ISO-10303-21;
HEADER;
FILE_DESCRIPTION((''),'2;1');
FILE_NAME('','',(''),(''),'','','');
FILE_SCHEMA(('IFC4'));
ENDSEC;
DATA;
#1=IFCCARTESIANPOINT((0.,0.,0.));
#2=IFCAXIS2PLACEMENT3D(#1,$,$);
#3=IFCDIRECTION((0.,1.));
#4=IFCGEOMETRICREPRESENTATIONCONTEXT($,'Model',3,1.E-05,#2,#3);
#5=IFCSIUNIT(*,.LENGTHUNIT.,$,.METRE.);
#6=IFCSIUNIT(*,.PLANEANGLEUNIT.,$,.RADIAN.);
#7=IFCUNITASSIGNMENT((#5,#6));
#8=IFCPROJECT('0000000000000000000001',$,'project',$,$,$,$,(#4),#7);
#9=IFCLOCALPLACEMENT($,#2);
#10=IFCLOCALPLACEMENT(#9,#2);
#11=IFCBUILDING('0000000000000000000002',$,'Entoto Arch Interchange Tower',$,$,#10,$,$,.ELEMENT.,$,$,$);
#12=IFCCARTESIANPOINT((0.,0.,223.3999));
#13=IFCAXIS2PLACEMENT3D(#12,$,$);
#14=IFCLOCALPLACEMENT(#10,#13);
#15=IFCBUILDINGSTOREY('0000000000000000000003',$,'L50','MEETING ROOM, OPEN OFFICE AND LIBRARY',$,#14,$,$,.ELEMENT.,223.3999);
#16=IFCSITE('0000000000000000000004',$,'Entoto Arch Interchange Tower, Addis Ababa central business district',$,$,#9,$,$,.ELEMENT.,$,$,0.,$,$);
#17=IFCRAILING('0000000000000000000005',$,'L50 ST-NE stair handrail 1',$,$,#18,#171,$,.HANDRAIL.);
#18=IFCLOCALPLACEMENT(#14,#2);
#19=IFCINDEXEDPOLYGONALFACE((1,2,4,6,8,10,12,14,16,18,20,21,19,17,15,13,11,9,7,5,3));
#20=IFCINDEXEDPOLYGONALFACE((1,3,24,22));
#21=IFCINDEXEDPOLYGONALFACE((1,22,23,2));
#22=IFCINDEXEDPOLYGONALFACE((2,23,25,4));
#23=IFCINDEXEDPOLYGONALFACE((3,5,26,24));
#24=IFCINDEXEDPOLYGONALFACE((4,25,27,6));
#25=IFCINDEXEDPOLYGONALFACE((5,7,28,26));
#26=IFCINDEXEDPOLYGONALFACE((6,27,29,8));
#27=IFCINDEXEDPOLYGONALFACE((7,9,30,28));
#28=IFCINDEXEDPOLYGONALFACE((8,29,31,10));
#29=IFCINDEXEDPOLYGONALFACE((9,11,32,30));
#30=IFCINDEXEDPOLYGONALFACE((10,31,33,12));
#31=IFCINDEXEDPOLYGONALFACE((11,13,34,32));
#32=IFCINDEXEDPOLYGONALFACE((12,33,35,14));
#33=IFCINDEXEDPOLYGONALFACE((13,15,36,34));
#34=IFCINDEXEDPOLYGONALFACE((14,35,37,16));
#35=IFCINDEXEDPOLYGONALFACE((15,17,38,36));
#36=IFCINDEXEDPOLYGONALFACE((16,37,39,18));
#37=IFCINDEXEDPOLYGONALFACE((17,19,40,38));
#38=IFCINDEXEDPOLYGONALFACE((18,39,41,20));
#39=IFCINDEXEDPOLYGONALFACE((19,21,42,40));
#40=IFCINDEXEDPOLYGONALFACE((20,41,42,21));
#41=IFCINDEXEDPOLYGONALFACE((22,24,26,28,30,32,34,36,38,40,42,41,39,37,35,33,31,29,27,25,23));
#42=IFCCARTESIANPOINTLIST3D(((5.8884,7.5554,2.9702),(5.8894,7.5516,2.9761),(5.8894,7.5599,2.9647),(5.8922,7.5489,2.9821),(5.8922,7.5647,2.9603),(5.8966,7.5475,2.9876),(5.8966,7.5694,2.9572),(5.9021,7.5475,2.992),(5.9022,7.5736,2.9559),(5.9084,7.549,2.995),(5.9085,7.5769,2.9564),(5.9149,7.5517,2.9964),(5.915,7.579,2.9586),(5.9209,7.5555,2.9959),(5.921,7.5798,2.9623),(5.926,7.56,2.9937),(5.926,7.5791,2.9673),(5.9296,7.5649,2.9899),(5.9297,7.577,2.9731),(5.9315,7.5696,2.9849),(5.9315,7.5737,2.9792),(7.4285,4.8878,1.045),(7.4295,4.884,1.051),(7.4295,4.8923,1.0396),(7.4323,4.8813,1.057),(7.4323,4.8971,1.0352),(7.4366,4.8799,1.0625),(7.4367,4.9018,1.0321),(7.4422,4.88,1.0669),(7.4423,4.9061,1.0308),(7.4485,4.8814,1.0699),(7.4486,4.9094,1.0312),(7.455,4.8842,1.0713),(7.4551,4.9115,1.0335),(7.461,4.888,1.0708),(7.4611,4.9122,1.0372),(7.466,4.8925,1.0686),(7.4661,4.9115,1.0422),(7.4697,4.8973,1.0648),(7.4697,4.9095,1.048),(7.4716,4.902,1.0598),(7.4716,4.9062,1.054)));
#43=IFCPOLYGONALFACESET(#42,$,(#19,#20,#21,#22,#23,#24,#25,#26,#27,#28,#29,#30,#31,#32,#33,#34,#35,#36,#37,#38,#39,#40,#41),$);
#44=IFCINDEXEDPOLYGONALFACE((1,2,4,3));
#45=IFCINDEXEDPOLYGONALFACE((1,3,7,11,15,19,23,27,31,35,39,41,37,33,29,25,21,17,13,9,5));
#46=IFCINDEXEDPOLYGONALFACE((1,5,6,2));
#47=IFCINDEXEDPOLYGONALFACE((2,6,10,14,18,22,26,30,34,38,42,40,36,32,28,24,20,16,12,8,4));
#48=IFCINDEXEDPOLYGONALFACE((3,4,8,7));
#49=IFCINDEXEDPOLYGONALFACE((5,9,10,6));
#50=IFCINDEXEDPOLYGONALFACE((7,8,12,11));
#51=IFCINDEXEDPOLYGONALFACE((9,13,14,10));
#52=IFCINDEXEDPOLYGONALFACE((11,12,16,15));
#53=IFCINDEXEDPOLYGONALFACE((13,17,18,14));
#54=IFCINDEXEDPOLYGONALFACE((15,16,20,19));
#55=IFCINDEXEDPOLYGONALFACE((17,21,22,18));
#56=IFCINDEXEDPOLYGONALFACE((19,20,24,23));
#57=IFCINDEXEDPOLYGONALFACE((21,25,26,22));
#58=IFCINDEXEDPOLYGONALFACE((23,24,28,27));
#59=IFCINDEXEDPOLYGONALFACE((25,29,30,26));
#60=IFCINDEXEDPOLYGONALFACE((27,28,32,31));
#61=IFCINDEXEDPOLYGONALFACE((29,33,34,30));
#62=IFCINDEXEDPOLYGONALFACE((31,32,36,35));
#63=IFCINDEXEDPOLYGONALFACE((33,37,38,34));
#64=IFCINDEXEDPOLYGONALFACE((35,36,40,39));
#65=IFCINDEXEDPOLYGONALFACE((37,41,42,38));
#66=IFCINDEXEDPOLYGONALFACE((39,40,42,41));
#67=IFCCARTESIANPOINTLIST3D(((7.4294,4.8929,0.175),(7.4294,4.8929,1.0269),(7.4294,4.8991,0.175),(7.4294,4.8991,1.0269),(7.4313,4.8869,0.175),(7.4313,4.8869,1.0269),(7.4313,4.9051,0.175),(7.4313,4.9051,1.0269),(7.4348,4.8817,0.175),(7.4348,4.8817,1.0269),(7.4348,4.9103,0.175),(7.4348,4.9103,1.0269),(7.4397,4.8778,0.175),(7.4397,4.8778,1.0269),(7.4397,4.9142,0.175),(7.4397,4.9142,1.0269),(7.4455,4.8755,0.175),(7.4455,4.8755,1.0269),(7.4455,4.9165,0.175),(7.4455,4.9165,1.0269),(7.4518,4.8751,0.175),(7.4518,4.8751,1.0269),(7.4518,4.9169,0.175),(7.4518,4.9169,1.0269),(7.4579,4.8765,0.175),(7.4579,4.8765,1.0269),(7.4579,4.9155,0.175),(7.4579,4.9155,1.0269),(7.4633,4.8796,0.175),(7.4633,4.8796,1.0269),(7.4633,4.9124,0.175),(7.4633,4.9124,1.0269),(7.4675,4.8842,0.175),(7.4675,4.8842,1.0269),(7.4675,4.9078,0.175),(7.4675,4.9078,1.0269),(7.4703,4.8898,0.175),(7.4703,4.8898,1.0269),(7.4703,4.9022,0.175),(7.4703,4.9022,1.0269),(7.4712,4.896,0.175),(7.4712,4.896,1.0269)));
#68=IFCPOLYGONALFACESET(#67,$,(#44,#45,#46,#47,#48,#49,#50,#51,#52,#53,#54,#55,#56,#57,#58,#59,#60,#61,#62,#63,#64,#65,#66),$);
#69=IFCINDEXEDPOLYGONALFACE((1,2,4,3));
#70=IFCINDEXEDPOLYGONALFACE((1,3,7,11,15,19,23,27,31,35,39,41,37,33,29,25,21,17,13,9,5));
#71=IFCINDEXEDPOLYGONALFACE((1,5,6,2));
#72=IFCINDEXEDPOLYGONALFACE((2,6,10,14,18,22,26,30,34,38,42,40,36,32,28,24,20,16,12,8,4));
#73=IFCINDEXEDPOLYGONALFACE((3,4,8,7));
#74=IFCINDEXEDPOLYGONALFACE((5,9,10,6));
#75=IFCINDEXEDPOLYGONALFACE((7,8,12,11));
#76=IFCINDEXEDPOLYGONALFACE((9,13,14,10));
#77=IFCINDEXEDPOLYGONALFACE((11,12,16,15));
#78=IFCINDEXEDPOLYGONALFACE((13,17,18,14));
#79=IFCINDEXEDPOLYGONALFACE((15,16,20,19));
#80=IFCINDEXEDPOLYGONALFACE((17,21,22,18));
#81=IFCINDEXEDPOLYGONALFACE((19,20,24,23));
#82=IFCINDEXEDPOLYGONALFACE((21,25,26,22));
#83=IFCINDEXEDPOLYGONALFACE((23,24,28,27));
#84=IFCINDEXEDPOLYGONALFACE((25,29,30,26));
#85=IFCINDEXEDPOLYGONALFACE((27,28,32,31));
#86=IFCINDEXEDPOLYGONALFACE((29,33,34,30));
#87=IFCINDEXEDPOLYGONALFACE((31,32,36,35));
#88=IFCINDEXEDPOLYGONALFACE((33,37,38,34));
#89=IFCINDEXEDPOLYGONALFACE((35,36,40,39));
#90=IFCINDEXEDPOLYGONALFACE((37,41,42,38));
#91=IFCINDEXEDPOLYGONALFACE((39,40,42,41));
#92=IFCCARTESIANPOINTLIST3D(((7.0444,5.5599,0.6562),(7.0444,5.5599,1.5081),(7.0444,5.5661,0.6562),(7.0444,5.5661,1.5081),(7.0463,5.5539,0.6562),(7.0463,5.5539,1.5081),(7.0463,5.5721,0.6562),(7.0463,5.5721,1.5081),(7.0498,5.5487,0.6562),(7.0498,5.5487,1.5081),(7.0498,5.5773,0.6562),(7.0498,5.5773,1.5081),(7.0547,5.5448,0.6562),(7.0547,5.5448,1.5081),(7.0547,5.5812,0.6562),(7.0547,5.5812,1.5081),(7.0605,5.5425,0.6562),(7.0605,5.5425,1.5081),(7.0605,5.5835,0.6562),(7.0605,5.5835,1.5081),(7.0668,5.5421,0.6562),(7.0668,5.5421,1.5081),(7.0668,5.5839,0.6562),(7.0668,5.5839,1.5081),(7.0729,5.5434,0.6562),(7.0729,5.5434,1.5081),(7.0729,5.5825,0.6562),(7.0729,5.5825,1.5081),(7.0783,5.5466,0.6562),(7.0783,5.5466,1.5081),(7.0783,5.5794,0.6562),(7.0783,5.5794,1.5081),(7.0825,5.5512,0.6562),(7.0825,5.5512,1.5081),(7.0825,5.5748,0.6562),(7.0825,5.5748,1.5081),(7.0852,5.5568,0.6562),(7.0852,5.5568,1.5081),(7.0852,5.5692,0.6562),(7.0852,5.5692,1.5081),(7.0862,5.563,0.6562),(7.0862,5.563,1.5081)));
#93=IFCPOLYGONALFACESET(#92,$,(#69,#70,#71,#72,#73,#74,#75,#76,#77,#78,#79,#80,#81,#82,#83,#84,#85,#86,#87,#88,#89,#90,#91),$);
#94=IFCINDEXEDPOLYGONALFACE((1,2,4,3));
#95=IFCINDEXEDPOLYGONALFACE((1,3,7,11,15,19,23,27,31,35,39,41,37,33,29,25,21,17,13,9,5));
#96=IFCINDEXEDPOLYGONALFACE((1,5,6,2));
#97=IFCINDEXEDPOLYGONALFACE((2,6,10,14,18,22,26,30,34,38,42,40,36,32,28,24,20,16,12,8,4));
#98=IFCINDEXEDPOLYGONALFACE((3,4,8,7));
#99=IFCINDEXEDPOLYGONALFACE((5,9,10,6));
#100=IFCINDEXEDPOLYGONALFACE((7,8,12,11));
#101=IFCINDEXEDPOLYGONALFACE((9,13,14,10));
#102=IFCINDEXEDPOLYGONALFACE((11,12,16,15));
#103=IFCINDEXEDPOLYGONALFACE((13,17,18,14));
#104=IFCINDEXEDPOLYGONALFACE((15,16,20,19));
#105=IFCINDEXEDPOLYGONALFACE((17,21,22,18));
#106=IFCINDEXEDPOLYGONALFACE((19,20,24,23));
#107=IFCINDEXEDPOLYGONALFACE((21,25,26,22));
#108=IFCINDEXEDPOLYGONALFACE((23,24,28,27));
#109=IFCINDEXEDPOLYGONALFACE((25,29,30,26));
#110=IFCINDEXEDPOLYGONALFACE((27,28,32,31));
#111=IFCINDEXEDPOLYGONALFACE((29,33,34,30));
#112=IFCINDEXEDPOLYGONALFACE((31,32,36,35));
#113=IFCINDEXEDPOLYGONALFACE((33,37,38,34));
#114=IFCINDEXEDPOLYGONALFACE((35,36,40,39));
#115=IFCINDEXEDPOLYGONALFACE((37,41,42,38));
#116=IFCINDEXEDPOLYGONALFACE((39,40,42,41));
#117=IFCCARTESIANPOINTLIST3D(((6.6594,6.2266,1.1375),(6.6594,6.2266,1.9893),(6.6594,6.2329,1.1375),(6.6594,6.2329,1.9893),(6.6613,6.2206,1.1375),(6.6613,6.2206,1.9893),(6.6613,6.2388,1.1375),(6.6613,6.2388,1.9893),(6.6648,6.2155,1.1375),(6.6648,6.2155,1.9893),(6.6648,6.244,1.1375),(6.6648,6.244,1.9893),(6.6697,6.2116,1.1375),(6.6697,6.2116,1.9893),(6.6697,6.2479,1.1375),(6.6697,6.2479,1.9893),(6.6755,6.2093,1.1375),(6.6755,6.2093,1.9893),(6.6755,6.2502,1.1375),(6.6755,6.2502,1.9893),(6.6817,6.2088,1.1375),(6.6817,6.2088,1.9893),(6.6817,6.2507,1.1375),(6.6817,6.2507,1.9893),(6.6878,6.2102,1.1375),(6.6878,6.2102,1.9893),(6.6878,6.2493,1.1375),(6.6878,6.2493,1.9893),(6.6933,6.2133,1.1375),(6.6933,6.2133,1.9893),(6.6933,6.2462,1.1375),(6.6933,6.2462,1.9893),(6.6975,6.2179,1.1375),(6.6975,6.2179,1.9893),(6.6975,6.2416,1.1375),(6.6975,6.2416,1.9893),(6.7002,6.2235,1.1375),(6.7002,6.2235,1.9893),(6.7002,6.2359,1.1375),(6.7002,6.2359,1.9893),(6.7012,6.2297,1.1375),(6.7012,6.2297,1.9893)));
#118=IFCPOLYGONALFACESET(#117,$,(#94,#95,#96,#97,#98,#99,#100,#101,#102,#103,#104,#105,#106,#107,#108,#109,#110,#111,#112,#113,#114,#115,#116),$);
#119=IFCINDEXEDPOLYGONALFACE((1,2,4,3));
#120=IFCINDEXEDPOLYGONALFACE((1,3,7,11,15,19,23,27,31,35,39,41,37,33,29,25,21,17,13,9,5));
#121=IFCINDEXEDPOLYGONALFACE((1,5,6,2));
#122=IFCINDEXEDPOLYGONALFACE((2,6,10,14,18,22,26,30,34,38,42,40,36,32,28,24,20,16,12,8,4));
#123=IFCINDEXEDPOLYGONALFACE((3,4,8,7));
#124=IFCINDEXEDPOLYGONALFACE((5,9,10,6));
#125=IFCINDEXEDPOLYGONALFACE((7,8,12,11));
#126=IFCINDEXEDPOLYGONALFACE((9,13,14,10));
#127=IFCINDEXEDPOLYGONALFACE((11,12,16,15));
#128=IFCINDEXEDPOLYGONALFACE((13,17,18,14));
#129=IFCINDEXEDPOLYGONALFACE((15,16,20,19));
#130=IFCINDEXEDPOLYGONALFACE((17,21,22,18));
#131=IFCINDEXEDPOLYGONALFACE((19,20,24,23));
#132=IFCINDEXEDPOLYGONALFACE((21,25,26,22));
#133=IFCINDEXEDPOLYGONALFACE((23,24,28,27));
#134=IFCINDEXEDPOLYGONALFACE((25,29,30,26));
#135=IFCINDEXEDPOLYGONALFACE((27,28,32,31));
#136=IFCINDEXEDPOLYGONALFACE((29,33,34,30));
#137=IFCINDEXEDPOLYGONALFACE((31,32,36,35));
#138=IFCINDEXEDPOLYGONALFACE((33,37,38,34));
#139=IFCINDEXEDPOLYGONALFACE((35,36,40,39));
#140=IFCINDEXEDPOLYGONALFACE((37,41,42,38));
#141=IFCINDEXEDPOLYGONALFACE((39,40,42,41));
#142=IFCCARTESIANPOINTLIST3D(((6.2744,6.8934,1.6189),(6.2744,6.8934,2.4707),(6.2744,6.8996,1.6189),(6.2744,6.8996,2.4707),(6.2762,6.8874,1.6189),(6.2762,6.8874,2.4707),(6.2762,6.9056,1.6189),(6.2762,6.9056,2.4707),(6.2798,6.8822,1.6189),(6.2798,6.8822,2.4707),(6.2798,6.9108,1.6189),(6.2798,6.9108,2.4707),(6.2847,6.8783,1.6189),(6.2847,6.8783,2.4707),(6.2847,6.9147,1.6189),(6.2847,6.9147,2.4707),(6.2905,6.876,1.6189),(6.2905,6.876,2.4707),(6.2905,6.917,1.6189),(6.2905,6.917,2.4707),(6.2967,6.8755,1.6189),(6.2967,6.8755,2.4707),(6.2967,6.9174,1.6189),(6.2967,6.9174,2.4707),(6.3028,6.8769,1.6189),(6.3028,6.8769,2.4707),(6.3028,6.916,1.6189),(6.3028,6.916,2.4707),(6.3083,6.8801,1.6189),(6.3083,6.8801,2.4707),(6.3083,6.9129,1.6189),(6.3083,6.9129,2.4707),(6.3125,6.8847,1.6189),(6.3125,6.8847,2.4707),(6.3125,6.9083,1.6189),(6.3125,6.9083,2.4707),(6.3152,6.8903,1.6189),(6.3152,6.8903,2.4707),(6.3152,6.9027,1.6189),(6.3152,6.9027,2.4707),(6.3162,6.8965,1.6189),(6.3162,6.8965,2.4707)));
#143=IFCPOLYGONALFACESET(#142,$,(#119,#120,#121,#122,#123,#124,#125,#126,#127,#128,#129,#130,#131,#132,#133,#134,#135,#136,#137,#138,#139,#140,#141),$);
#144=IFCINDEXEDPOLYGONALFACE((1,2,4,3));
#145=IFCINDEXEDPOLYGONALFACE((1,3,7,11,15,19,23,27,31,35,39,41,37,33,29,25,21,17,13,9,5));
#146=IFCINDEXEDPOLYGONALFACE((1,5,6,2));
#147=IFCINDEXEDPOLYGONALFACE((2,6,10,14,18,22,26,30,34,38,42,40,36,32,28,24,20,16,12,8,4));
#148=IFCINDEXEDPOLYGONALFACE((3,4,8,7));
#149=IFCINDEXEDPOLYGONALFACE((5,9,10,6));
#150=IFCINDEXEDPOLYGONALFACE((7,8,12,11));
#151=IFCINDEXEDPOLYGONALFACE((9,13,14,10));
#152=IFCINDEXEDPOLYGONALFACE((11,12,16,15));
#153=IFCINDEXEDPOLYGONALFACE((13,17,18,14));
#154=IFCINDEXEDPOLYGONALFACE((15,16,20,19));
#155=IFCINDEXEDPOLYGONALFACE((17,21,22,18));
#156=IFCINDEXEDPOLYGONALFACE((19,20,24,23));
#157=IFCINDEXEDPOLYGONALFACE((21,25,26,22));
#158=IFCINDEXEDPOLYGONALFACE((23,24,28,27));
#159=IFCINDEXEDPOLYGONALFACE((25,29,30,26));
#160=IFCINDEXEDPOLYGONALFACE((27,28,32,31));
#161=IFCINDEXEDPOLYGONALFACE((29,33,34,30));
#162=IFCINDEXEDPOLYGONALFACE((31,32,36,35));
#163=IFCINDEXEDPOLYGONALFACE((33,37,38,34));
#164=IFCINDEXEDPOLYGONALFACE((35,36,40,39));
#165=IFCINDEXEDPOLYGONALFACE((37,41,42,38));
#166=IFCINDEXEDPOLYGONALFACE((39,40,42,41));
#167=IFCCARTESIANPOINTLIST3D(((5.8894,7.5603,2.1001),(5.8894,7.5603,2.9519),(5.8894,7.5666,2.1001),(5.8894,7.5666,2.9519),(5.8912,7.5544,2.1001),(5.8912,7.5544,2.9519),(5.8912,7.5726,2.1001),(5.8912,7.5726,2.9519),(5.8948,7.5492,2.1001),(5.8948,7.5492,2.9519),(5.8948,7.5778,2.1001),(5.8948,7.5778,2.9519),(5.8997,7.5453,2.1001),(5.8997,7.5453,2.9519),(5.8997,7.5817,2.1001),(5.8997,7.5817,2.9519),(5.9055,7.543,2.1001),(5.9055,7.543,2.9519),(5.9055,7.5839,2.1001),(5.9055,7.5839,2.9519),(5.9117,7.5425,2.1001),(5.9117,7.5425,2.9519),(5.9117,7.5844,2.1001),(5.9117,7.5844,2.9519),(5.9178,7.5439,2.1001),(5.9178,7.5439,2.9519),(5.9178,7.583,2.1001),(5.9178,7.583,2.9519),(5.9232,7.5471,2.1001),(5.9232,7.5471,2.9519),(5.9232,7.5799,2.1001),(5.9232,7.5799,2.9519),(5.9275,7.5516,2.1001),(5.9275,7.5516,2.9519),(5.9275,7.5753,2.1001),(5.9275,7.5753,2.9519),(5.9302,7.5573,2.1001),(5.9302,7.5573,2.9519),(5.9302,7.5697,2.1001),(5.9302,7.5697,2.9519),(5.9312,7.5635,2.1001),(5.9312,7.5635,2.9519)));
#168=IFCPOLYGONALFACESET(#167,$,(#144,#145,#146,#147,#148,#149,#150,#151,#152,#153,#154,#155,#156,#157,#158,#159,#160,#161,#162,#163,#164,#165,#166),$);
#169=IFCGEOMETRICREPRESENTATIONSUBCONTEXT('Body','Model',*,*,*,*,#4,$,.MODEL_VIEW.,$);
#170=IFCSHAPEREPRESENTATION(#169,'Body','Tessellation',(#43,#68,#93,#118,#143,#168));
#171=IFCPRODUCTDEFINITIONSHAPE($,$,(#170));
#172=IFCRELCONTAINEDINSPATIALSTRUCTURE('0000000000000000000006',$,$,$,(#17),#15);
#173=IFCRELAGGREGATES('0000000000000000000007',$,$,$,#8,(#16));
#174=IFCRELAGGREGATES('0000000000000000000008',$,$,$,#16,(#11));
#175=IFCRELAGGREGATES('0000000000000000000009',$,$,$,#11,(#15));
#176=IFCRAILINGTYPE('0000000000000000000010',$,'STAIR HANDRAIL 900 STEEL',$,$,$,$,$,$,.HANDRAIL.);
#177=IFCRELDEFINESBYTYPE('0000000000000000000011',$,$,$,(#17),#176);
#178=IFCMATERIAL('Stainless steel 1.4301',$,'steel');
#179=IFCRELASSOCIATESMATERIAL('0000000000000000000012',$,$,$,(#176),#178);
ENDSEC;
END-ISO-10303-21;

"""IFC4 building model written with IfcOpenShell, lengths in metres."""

from ifc_helpers import new_model, si_unit, direction, frame, origin, origin_2d, place, context, subcontext, project, spatial, circle, extrude, material, type_object, element, save


model = new_model("IFC4")

# Units and contexts
model_context = context("Model", 3, precision=1e-05, world=origin(), true_north=direction((0.0, 1.0)))
body_context = subcontext(model_context, "Body", "Model", "MODEL_VIEW")
ifc_project = project(units=[si_unit("LENGTHUNIT", "METRE"), si_unit("PLANEANGLEUNIT", "RADIAN")], contexts=[model_context])

# Site, building, storey
site_placement = place(None, origin())
site = spatial("IfcSite", under=ifc_project, at=site_placement, Name="Entoto Arch Interchange Tower, Addis Ababa central business district", CompositionType="ELEMENT", RefElevation=0.0)
building_placement = place(site_placement, origin())
building = spatial("IfcBuilding", under=site, at=building_placement, Name="Entoto Arch Interchange Tower", CompositionType="ELEMENT")
storey_placement = place(building_placement, frame((0.0, 0.0, 223.3999)))
storey = spatial("IfcBuildingStorey", under=building, at=storey_placement, Name="L50", Description="MEETING ROOM, OPEN OFFICE AND LIBRARY", CompositionType="ELEMENT", Elevation=223.3999)

# Railing
ifc_material_1 = material(Name="Stainless steel 1.4301", Category="steel")
railing_type_1 = type_object("IfcRailingType", Name="STAIR HANDRAIL 900 STEEL", PredefinedType="HANDRAIL", material=ifc_material_1)
railing_1_placement = place(storey_placement, frame((7.4502, 4.896, 0.175)))
element("IfcRailing", 1, at=railing_1_placement, inside=storey, type_object=railing_type_1, Name="L50 ST-NE stair handrail 1", PredefinedType="HANDRAIL", context=body_context, shape_type="SweptSolid", body=[
    extrude(circle(Radius=0.0239, at=origin_2d()), frame((0.0, 0.0, 0.876), z_axis=(-0.423994, 0.734395, 0.529993), x_axis=(-0.86603, -0.499992, 0.0)), (0.0, 0.0, 1.0), 3.6323),
    extrude(circle(Radius=0.021, at=origin_2d()), origin(), (0.0, 0.0, 1.0), 0.8518),
    extrude(circle(Radius=0.021, at=origin_2d()), frame((-0.385, 0.667, 0.4812)), (0.0, 0.0, 1.0), 0.8518),
    extrude(circle(Radius=0.021, at=origin_2d()), frame((-0.77, 1.3337, 0.9624)), (0.0, 0.0, 1.0), 0.8518),
    extrude(circle(Radius=0.021, at=origin_2d()), frame((-1.155, 2.0005, 1.4438)), (0.0, 0.0, 1.0), 0.8518),
    extrude(circle(Radius=0.021, at=origin_2d()), frame((-1.54, 2.6675, 1.925)), (0.0, 0.0, 1.0), 0.8518),
])

save(model, "model.ifc")
